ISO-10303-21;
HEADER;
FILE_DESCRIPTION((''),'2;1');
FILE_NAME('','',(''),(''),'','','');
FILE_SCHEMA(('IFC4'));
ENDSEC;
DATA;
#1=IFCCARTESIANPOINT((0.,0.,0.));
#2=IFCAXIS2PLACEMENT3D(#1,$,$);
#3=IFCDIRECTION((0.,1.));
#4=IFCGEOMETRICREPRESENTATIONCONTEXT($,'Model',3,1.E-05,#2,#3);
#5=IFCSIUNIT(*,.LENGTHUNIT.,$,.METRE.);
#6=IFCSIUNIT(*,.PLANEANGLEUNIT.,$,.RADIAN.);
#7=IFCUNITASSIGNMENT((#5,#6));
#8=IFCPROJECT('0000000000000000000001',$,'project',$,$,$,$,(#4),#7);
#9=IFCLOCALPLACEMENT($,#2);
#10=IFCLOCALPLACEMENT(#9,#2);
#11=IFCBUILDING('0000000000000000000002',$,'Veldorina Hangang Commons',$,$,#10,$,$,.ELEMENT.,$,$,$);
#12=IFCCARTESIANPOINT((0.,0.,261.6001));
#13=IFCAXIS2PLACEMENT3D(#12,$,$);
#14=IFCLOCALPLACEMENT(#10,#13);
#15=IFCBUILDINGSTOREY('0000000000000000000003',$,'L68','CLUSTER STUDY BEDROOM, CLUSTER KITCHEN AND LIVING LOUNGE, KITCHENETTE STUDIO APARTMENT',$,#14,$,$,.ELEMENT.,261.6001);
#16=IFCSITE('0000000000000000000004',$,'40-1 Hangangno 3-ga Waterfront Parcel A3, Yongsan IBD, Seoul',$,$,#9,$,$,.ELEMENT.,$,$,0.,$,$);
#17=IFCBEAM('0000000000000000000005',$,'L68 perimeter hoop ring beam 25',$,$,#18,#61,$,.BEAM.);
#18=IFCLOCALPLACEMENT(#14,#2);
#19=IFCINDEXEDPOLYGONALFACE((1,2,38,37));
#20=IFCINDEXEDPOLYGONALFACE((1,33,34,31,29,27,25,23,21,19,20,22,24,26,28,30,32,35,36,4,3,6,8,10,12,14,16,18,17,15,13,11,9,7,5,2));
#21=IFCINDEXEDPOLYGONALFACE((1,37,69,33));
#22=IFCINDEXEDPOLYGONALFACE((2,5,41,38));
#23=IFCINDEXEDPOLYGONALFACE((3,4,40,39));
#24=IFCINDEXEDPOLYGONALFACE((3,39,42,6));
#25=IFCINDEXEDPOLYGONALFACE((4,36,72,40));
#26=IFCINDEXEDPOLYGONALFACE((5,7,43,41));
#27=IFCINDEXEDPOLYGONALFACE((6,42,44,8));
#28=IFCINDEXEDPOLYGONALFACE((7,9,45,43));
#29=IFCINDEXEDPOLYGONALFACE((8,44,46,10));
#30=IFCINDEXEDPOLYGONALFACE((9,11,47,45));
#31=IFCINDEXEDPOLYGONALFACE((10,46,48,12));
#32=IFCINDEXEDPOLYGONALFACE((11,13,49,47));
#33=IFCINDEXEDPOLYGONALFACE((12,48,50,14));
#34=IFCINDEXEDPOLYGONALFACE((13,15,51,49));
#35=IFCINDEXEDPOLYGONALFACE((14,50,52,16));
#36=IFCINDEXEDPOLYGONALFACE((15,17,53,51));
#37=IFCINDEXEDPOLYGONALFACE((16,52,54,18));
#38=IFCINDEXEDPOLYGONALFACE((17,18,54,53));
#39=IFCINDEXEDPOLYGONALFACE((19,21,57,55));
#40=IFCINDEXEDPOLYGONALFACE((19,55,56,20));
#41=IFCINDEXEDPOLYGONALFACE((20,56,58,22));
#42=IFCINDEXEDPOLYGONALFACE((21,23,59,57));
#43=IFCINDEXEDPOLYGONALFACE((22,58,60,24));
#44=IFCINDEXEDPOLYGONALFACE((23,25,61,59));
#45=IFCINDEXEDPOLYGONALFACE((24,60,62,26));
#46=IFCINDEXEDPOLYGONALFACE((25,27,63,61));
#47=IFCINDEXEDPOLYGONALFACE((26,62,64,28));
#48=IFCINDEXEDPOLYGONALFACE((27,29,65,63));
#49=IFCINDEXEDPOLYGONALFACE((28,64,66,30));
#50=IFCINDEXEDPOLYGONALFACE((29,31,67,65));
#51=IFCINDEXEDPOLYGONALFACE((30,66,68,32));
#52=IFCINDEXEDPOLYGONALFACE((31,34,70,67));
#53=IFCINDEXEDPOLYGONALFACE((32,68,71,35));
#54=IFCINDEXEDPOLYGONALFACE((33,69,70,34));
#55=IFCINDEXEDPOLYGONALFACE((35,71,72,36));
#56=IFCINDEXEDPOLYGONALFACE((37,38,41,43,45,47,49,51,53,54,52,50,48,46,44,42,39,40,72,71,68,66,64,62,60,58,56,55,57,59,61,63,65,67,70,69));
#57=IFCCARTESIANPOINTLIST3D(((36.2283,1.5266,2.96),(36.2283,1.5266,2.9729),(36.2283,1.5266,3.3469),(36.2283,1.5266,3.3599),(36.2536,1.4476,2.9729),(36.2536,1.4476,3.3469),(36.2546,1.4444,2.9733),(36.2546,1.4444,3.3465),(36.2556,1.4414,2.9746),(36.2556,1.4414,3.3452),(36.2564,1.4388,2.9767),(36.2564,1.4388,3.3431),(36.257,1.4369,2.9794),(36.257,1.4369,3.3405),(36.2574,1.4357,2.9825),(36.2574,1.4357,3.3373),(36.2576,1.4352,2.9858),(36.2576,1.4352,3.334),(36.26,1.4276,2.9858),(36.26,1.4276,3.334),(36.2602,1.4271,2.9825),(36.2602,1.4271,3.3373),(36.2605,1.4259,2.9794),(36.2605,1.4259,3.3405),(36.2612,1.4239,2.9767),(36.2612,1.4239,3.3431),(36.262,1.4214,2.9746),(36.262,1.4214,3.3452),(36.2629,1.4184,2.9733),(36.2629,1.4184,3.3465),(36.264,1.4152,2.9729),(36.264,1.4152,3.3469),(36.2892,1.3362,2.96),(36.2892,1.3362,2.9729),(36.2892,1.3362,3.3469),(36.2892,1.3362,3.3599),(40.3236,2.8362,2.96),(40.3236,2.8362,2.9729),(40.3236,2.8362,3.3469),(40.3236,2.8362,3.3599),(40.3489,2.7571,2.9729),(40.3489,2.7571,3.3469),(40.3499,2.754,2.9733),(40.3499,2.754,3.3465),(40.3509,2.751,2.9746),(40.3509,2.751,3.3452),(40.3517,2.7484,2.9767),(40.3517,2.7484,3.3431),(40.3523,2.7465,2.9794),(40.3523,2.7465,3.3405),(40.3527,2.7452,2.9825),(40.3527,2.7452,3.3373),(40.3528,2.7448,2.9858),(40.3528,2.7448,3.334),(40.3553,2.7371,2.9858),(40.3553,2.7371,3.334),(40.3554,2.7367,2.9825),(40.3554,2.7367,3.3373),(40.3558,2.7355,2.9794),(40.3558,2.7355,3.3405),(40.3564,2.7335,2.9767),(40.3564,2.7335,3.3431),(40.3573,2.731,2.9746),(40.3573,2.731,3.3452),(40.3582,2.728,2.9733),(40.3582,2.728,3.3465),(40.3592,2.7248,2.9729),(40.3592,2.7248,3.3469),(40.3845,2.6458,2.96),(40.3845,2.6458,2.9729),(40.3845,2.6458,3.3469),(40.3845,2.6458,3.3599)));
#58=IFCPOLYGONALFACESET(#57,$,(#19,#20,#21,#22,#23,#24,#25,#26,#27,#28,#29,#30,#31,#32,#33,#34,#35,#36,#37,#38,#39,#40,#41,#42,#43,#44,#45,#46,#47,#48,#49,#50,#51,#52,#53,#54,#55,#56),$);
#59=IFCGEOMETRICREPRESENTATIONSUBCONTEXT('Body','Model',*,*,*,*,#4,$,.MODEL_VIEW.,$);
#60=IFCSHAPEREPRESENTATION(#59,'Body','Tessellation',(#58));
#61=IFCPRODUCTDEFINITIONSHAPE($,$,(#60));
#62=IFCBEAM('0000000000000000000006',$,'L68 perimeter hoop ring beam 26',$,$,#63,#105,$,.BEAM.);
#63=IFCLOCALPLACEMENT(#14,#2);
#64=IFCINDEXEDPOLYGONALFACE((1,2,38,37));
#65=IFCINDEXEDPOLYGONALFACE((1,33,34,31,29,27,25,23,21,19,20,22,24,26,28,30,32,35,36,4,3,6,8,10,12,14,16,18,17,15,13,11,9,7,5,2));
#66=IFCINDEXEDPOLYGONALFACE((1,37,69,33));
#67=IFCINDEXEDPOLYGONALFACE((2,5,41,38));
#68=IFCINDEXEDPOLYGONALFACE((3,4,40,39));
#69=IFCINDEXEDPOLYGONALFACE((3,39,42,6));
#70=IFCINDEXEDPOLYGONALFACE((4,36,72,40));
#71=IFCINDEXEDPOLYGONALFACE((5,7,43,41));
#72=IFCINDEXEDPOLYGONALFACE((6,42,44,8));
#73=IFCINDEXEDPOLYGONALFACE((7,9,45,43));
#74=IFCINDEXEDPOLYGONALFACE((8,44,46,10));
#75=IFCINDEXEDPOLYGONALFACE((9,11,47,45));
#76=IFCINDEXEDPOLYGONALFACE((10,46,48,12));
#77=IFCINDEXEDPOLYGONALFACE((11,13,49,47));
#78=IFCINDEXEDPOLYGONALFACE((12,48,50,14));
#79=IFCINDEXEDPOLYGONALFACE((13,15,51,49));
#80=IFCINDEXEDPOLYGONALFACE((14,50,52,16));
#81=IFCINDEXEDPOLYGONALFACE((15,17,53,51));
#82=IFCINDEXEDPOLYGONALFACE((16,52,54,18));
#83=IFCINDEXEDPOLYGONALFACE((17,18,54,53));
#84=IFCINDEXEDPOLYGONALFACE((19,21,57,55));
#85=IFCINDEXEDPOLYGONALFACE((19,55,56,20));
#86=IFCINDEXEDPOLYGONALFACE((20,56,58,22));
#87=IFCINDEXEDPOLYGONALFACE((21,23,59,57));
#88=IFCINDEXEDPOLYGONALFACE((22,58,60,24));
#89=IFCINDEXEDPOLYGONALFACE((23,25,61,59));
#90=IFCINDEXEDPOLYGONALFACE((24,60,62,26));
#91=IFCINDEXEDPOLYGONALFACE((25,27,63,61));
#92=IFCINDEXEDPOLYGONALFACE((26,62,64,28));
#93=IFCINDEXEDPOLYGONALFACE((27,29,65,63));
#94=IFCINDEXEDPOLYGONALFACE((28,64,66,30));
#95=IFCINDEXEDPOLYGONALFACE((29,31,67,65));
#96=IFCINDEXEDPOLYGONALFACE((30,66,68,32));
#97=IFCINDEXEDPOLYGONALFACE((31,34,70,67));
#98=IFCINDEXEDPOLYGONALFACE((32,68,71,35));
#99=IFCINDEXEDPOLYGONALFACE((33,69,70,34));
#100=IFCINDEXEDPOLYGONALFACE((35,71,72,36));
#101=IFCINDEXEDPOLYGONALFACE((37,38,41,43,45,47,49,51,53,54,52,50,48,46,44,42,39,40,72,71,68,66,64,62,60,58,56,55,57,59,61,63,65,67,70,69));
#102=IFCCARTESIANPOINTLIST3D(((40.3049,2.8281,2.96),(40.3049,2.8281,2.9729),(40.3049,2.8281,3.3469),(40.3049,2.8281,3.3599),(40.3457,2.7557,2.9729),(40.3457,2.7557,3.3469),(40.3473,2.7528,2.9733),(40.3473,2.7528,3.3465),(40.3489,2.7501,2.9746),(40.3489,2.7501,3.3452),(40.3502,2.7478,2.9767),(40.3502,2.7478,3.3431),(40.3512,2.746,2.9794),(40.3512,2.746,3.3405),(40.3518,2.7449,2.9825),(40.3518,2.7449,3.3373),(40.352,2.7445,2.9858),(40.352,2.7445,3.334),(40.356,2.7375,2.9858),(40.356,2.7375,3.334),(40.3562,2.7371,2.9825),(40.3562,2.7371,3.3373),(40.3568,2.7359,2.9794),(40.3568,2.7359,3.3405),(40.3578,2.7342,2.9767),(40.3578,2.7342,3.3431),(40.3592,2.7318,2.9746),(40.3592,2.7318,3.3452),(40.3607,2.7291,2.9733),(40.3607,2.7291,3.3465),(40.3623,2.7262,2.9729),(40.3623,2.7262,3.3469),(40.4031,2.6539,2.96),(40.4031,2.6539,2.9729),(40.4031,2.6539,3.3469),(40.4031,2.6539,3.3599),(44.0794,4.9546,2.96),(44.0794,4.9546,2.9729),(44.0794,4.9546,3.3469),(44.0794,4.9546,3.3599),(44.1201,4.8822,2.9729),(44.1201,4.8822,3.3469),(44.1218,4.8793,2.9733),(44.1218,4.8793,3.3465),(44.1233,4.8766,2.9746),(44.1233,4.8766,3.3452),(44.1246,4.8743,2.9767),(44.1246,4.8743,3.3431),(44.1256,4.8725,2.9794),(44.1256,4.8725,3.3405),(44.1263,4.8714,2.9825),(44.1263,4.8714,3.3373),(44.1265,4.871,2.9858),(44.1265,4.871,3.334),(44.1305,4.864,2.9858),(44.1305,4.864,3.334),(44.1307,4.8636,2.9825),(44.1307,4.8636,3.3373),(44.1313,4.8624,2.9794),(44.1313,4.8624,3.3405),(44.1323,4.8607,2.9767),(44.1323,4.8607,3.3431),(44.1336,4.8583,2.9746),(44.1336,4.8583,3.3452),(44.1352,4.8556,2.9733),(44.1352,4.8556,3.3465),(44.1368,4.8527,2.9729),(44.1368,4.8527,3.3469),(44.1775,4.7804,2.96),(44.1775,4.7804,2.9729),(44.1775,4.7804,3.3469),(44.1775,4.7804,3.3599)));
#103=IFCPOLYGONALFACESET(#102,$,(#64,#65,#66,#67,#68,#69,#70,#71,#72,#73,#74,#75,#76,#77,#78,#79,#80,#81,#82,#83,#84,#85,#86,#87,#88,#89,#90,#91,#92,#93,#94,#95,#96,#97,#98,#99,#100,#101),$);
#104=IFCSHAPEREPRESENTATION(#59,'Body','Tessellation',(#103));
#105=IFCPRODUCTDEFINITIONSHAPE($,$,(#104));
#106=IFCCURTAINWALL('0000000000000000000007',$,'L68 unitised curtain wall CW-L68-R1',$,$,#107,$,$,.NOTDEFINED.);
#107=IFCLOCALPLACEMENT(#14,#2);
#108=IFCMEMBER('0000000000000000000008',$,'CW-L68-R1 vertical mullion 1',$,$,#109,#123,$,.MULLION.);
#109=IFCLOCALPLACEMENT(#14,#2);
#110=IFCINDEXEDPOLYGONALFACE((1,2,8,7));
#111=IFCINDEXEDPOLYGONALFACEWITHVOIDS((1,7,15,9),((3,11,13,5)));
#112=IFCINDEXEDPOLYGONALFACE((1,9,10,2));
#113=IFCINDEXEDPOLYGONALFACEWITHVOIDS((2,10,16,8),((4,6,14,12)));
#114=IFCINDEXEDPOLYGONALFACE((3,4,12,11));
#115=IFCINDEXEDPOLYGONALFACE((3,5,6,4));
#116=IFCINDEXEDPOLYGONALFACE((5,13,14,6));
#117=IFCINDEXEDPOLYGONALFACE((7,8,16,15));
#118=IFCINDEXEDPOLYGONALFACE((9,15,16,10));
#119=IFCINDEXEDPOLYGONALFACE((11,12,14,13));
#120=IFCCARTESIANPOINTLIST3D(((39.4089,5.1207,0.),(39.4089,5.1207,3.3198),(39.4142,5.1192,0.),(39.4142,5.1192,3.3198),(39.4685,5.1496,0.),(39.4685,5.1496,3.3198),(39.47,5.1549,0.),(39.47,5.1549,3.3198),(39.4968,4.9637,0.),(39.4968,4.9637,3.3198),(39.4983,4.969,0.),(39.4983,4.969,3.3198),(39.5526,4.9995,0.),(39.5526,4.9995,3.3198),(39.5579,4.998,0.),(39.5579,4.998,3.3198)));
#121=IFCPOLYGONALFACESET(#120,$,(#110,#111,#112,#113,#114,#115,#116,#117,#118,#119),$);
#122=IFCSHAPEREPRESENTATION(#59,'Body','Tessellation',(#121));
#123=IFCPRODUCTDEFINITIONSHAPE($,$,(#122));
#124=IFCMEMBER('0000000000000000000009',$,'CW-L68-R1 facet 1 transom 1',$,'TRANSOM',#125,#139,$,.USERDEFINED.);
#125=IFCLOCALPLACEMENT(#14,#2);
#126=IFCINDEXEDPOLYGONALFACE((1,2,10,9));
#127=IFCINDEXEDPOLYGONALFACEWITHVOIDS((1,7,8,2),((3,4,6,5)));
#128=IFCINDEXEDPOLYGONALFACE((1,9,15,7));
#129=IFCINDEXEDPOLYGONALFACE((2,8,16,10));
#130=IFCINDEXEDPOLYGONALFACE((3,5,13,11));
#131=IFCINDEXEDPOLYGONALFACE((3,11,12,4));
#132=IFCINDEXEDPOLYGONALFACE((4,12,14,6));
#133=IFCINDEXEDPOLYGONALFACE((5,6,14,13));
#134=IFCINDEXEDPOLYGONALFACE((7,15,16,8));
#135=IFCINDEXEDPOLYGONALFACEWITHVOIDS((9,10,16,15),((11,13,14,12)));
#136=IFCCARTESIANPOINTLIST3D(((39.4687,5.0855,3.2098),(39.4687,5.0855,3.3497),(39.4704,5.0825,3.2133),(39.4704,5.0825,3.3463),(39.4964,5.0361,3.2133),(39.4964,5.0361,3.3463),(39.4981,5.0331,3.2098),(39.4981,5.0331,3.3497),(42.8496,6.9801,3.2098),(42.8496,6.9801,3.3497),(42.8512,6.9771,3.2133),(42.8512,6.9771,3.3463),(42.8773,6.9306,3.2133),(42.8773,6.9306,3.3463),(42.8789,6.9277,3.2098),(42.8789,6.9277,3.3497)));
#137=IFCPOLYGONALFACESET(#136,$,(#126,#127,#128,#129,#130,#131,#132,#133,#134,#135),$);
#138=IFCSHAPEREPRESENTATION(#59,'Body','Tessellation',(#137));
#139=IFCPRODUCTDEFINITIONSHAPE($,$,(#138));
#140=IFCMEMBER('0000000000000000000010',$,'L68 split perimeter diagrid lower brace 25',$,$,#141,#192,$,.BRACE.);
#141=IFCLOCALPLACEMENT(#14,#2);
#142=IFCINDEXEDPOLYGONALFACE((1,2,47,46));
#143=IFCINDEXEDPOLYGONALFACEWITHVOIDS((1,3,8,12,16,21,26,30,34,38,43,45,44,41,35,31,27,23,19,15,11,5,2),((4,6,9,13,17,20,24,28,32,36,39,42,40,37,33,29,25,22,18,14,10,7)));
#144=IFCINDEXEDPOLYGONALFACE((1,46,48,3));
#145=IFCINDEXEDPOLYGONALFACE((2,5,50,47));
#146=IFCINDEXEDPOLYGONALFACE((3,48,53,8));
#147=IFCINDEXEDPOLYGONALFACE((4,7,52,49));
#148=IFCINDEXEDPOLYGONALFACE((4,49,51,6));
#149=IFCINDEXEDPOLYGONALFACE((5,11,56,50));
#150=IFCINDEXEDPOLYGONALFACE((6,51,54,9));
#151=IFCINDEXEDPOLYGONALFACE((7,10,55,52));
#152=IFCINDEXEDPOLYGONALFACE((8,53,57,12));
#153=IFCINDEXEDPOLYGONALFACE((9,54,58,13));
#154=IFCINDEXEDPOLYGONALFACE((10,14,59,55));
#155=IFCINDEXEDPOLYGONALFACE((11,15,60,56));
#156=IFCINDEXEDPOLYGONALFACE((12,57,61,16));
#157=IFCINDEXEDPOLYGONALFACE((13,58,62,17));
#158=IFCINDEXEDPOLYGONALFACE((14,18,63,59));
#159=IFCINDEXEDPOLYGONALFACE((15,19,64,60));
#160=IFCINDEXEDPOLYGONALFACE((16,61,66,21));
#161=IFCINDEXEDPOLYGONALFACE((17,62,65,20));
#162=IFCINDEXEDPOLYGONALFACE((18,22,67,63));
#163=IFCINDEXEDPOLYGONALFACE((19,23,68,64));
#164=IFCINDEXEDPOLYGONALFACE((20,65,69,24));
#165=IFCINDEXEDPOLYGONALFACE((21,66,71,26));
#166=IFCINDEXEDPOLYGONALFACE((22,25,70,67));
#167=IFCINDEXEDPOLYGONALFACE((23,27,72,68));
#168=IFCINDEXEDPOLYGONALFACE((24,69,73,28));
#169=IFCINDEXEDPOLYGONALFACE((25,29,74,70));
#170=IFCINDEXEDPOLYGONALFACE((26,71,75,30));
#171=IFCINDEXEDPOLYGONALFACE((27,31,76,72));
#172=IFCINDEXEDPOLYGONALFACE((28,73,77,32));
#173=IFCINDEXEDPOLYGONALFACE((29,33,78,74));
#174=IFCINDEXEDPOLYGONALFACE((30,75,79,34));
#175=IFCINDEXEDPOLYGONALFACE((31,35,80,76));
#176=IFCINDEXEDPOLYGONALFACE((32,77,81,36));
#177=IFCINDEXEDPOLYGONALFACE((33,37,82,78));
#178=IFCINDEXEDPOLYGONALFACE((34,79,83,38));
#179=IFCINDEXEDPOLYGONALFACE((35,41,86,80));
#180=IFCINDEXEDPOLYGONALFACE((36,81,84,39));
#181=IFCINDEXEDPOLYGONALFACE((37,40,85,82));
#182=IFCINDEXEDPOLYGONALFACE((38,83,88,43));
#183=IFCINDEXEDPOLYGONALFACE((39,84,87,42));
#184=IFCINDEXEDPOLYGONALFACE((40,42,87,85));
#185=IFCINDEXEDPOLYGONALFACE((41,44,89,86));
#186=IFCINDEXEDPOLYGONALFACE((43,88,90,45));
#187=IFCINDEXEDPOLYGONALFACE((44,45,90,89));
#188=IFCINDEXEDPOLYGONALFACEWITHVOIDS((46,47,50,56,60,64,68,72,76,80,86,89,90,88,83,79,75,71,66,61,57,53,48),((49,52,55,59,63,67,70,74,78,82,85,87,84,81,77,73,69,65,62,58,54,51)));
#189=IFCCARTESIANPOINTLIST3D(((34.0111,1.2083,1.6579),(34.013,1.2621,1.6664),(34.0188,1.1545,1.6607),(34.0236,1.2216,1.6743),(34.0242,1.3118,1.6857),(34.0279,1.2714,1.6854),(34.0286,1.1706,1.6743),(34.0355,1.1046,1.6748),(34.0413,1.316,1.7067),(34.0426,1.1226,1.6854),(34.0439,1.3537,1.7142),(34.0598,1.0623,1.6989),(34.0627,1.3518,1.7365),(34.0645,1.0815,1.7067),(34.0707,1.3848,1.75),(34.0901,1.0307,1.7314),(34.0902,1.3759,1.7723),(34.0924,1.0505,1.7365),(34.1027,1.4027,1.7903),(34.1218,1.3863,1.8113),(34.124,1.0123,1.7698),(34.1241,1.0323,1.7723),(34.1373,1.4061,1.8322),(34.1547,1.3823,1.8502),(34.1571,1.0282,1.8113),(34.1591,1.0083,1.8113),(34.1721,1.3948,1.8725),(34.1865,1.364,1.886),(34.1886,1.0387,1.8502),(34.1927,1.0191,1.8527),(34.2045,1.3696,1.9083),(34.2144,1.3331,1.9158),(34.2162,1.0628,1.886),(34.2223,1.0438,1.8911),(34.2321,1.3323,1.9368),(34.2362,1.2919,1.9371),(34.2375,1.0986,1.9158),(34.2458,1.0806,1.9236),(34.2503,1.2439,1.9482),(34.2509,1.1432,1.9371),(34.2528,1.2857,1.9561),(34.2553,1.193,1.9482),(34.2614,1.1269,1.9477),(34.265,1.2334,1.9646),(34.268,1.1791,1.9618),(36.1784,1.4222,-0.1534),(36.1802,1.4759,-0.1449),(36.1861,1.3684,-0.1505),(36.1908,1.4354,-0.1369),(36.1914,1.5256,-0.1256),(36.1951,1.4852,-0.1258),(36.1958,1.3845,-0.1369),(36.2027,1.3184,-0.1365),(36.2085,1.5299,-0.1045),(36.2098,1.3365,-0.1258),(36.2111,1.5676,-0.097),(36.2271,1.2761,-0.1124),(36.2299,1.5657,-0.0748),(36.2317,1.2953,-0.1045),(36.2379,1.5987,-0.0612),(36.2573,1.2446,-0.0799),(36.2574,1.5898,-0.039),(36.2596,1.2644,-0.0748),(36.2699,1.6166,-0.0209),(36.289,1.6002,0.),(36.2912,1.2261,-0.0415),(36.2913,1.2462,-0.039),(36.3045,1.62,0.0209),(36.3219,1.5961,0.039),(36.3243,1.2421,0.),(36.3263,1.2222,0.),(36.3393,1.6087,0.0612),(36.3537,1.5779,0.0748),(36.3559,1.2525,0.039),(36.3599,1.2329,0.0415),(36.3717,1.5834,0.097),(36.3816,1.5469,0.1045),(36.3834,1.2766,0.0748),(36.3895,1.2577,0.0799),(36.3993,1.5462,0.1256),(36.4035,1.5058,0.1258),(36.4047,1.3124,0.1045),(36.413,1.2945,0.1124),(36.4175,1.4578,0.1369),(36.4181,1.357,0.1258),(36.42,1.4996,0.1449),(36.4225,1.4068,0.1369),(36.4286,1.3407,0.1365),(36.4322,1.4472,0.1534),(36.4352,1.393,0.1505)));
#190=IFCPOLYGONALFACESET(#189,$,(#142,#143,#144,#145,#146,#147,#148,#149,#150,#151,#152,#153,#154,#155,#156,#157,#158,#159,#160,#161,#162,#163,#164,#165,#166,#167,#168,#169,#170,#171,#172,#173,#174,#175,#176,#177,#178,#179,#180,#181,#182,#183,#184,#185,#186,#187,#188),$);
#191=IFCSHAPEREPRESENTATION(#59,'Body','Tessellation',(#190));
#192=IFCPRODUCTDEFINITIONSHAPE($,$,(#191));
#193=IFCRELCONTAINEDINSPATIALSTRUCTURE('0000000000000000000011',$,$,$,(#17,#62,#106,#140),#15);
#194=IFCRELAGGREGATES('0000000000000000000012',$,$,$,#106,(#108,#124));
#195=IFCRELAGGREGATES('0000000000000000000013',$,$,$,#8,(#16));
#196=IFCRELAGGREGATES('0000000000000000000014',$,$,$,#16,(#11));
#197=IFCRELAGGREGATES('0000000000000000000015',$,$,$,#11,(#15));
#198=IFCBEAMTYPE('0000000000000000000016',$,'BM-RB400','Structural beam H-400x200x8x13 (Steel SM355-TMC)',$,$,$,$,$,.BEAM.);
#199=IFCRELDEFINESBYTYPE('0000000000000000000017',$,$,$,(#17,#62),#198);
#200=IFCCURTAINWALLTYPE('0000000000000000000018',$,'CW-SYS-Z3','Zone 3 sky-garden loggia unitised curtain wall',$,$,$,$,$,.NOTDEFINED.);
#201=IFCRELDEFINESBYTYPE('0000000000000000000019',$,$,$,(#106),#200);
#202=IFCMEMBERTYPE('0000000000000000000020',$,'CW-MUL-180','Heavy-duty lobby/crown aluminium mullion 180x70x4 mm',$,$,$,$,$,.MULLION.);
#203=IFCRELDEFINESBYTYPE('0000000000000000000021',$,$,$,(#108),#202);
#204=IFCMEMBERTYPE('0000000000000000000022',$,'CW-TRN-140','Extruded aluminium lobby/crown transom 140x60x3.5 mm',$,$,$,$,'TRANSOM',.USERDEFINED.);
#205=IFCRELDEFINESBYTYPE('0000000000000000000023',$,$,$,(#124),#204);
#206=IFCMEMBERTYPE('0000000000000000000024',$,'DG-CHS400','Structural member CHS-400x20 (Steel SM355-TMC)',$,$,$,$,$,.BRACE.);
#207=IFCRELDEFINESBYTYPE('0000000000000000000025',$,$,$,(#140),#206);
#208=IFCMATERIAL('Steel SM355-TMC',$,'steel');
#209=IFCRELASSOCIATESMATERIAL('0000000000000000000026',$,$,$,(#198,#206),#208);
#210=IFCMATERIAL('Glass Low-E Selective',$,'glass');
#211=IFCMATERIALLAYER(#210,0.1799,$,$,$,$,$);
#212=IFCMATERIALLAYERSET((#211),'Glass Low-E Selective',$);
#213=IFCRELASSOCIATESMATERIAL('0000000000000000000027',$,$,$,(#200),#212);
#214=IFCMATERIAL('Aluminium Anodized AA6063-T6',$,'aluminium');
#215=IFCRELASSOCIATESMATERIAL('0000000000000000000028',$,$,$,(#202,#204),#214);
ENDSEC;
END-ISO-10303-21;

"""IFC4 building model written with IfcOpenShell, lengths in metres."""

from ifc_helpers import new_model, si_unit, direction, frame, origin, origin_2d, place, context, subcontext, project, spatial, hollow_rectangle, hollow_circle, i_section, extrude, material, layer, layer_set, material_profile, profile_set, type_object, element, aggregate, save


model = new_model("IFC4")

# Units and contexts
model_context = context("Model", 3, precision=1e-05, world=origin(), true_north=direction((0.0, 1.0)))
body_context = subcontext(model_context, "Body", "Model", "MODEL_VIEW")
ifc_project = project(units=[si_unit("LENGTHUNIT", "METRE"), si_unit("PLANEANGLEUNIT", "RADIAN")], contexts=[model_context])

# Site, building, storey
site_placement = place(None, origin())
site = spatial("IfcSite", under=ifc_project, at=site_placement, Name="40-1 Hangangno 3-ga Waterfront Parcel A3, Yongsan IBD, Seoul", CompositionType="ELEMENT", RefElevation=0.0)
building_placement = place(site_placement, origin())
building = spatial("IfcBuilding", under=site, at=building_placement, Name="Veldorina Hangang Commons", CompositionType="ELEMENT")
storey_placement = place(building_placement, frame((0.0, 0.0, 261.6001)))
storey = spatial("IfcBuildingStorey", under=building, at=storey_placement, Name="L68", Description="CLUSTER STUDY BEDROOM, CLUSTER KITCHEN AND LIVING LOUNGE, KITCHENETTE STUDIO APARTMENT", CompositionType="ELEMENT", Elevation=261.6001)

# Beams
ifc_material_1 = material(Name="Steel SM355-TMC", Category="steel")
ifc_material_profile_1 = material_profile(ifc_material_1, i_section(OverallWidth=0.2, OverallDepth=0.3999, WebThickness=0.0081, FlangeThickness=0.0129, FilletRadius=0.0129, at=origin_2d()), Name="H-400x200x8x13")
ifc_profile_set_1 = profile_set([ifc_material_profile_1], Name="Steel SM355-TMC")
beam_type = type_object("IfcBeamType", Name="BM-RB400", Description="Structural beam H-400x200x8x13 (Steel SM355-TMC)", PredefinedType="BEAM", material=ifc_profile_set_1)
beam_1_placement = place(storey_placement, frame((36.2588, 1.4314, 3.1599), z_axis=(0.952485, 0.304586, 0.0), x_axis=(-0.304586, 0.952485, 0.0)))
element("IfcBeam", 1, at=beam_1_placement, inside=storey, type_object=beam_type, Name="L68 perimeter hoop ring beam 25", PredefinedType="BEAM", context=body_context, shape_type="SweptSolid", body=[
    extrude(i_section(OverallWidth=0.2, OverallDepth=0.3999, WebThickness=0.0081, FlangeThickness=0.0129, FilletRadius=0.0129, at=origin_2d()), origin(), (0.0, 0.0, 1.0), 4.2996),
])
beam_2_placement = place(storey_placement, frame((40.354, 2.741, 3.1599), z_axis=(0.871244, 0.49085, 0.0), x_axis=(-0.49085, 0.871244, 0.0)))
element("IfcBeam", 2, at=beam_2_placement, inside=storey, type_object=beam_type, Name="L68 perimeter hoop ring beam 26", PredefinedType="BEAM", context=body_context, shape_type="SweptSolid", body=[
    extrude(i_section(OverallWidth=0.2, OverallDepth=0.3999, WebThickness=0.0081, FlangeThickness=0.0129, FilletRadius=0.0129, at=origin_2d()), origin(), (0.0, 0.0, 1.0), 4.3323),
])

# Curtain wall, members
ifc_material_2 = material(Name="Glass Low-E Selective", Category="glass")
ifc_layer_1 = layer(ifc_material_2, 0.1799)
ifc_layer_set_1 = layer_set([ifc_layer_1], Name="Glass Low-E Selective")
curtain_wall_type = type_object("IfcCurtainWallType", Name="CW-SYS-Z3", Description="Zone 3 sky-garden loggia unitised curtain wall", PredefinedType="NOTDEFINED", material=ifc_layer_set_1)
curtain_wall_placement = place(storey_placement, origin())
curtain_wall = element("IfcCurtainWall", 3, at=curtain_wall_placement, inside=storey, type_object=curtain_wall_type, Name="L68 unitised curtain wall CW-L68-R1", PredefinedType="NOTDEFINED")
ifc_material_3 = material(Name="Aluminium Anodized AA6063-T6", Category="aluminium")
ifc_material_profile_2 = material_profile(ifc_material_3, hollow_rectangle(XDim=0.0701, YDim=0.1799, WallThickness=0.0039, at=origin_2d()), Name="ALU-RHS-180x70x4")
ifc_profile_set_2 = profile_set([ifc_material_profile_2], Name="Aluminium Anodized AA6063-T6")
member_type_1 = type_object("IfcMemberType", Name="CW-MUL-180", Description="Heavy-duty lobby/crown aluminium mullion 180x70x4 mm", PredefinedType="MULLION", material=ifc_profile_set_2)
member_1_placement = place(storey_placement, frame((39.4834, 5.0593, 0.0), z_axis=(0.0, 0.0, 1.0), x_axis=(0.872368, 0.48885, 0.0)))
member_1 = element("IfcMember", 4, at=member_1_placement, type_object=member_type_1, Name="CW-L68-R1 vertical mullion 1", PredefinedType="MULLION", context=body_context, shape_type="SweptSolid", body=[
    extrude(hollow_rectangle(XDim=0.0701, YDim=0.1799, WallThickness=0.0039, at=origin_2d()), origin(), (0.0, 0.0, 1.0), 3.3198),
])
ifc_material_profile_3 = material_profile(ifc_material_3, hollow_rectangle(XDim=0.0601, YDim=0.1399, WallThickness=0.0034, at=origin_2d()), Name="ALU-RHS-140x60x3.5")
ifc_profile_set_3 = profile_set([ifc_material_profile_3], Name="Aluminium Anodized AA6063-T6")
member_type_2 = type_object("IfcMemberType", Name="CW-TRN-140", Description="Extruded aluminium lobby/crown transom 140x60x3.5 mm", ElementType="TRANSOM", PredefinedType="USERDEFINED", material=ifc_profile_set_3)
member_2_placement = place(storey_placement, frame((39.4834, 5.0593, 3.2798), z_axis=(0.872368, 0.488849, 0.0), x_axis=(-0.488849, 0.872368, 0.0)))
member_2 = element("IfcMember", 5, at=member_2_placement, type_object=member_type_2, Name="CW-L68-R1 facet 1 transom 1", ObjectType="TRANSOM", PredefinedType="USERDEFINED", context=body_context, shape_type="SweptSolid", body=[
    extrude(hollow_rectangle(XDim=0.0601, YDim=0.1399, WallThickness=0.0034, at=origin_2d()), origin(), (0.0, 0.0, 1.0), 3.8755),
])

# Member
ifc_material_profile_4 = material_profile(ifc_material_1, hollow_circle(Radius=0.2, WallThickness=0.02, at=origin_2d()), Name="CHS-400x20")
ifc_profile_set_4 = profile_set([ifc_material_profile_4], Name="Steel SM355-TMC")
member_type_3 = type_object("IfcMemberType", Name="DG-CHS400", Description="Structural member CHS-400x20 (Steel SM355-TMC)", PredefinedType="BRACE", material=ifc_profile_set_4)
member_3_placement = place(storey_placement, frame((36.3066, 1.4211, 0.0), z_axis=(-0.765116, -0.075503, 0.63945), x_axis=(0.098205, -0.995166, 0.0)))
element("IfcMember", 6, at=member_3_placement, inside=storey, type_object=member_type_3, Name="L68 split perimeter diagrid lower brace 25", PredefinedType="BRACE", context=body_context, shape_type="SweptSolid", body=[
    extrude(hollow_circle(Radius=0.2, WallThickness=0.02, at=origin_2d()), origin(), (0.0, 0.0, 1.0), 2.8325),
])

aggregate(curtain_wall, [member_1, member_2])

save(model, "model.ifc")
